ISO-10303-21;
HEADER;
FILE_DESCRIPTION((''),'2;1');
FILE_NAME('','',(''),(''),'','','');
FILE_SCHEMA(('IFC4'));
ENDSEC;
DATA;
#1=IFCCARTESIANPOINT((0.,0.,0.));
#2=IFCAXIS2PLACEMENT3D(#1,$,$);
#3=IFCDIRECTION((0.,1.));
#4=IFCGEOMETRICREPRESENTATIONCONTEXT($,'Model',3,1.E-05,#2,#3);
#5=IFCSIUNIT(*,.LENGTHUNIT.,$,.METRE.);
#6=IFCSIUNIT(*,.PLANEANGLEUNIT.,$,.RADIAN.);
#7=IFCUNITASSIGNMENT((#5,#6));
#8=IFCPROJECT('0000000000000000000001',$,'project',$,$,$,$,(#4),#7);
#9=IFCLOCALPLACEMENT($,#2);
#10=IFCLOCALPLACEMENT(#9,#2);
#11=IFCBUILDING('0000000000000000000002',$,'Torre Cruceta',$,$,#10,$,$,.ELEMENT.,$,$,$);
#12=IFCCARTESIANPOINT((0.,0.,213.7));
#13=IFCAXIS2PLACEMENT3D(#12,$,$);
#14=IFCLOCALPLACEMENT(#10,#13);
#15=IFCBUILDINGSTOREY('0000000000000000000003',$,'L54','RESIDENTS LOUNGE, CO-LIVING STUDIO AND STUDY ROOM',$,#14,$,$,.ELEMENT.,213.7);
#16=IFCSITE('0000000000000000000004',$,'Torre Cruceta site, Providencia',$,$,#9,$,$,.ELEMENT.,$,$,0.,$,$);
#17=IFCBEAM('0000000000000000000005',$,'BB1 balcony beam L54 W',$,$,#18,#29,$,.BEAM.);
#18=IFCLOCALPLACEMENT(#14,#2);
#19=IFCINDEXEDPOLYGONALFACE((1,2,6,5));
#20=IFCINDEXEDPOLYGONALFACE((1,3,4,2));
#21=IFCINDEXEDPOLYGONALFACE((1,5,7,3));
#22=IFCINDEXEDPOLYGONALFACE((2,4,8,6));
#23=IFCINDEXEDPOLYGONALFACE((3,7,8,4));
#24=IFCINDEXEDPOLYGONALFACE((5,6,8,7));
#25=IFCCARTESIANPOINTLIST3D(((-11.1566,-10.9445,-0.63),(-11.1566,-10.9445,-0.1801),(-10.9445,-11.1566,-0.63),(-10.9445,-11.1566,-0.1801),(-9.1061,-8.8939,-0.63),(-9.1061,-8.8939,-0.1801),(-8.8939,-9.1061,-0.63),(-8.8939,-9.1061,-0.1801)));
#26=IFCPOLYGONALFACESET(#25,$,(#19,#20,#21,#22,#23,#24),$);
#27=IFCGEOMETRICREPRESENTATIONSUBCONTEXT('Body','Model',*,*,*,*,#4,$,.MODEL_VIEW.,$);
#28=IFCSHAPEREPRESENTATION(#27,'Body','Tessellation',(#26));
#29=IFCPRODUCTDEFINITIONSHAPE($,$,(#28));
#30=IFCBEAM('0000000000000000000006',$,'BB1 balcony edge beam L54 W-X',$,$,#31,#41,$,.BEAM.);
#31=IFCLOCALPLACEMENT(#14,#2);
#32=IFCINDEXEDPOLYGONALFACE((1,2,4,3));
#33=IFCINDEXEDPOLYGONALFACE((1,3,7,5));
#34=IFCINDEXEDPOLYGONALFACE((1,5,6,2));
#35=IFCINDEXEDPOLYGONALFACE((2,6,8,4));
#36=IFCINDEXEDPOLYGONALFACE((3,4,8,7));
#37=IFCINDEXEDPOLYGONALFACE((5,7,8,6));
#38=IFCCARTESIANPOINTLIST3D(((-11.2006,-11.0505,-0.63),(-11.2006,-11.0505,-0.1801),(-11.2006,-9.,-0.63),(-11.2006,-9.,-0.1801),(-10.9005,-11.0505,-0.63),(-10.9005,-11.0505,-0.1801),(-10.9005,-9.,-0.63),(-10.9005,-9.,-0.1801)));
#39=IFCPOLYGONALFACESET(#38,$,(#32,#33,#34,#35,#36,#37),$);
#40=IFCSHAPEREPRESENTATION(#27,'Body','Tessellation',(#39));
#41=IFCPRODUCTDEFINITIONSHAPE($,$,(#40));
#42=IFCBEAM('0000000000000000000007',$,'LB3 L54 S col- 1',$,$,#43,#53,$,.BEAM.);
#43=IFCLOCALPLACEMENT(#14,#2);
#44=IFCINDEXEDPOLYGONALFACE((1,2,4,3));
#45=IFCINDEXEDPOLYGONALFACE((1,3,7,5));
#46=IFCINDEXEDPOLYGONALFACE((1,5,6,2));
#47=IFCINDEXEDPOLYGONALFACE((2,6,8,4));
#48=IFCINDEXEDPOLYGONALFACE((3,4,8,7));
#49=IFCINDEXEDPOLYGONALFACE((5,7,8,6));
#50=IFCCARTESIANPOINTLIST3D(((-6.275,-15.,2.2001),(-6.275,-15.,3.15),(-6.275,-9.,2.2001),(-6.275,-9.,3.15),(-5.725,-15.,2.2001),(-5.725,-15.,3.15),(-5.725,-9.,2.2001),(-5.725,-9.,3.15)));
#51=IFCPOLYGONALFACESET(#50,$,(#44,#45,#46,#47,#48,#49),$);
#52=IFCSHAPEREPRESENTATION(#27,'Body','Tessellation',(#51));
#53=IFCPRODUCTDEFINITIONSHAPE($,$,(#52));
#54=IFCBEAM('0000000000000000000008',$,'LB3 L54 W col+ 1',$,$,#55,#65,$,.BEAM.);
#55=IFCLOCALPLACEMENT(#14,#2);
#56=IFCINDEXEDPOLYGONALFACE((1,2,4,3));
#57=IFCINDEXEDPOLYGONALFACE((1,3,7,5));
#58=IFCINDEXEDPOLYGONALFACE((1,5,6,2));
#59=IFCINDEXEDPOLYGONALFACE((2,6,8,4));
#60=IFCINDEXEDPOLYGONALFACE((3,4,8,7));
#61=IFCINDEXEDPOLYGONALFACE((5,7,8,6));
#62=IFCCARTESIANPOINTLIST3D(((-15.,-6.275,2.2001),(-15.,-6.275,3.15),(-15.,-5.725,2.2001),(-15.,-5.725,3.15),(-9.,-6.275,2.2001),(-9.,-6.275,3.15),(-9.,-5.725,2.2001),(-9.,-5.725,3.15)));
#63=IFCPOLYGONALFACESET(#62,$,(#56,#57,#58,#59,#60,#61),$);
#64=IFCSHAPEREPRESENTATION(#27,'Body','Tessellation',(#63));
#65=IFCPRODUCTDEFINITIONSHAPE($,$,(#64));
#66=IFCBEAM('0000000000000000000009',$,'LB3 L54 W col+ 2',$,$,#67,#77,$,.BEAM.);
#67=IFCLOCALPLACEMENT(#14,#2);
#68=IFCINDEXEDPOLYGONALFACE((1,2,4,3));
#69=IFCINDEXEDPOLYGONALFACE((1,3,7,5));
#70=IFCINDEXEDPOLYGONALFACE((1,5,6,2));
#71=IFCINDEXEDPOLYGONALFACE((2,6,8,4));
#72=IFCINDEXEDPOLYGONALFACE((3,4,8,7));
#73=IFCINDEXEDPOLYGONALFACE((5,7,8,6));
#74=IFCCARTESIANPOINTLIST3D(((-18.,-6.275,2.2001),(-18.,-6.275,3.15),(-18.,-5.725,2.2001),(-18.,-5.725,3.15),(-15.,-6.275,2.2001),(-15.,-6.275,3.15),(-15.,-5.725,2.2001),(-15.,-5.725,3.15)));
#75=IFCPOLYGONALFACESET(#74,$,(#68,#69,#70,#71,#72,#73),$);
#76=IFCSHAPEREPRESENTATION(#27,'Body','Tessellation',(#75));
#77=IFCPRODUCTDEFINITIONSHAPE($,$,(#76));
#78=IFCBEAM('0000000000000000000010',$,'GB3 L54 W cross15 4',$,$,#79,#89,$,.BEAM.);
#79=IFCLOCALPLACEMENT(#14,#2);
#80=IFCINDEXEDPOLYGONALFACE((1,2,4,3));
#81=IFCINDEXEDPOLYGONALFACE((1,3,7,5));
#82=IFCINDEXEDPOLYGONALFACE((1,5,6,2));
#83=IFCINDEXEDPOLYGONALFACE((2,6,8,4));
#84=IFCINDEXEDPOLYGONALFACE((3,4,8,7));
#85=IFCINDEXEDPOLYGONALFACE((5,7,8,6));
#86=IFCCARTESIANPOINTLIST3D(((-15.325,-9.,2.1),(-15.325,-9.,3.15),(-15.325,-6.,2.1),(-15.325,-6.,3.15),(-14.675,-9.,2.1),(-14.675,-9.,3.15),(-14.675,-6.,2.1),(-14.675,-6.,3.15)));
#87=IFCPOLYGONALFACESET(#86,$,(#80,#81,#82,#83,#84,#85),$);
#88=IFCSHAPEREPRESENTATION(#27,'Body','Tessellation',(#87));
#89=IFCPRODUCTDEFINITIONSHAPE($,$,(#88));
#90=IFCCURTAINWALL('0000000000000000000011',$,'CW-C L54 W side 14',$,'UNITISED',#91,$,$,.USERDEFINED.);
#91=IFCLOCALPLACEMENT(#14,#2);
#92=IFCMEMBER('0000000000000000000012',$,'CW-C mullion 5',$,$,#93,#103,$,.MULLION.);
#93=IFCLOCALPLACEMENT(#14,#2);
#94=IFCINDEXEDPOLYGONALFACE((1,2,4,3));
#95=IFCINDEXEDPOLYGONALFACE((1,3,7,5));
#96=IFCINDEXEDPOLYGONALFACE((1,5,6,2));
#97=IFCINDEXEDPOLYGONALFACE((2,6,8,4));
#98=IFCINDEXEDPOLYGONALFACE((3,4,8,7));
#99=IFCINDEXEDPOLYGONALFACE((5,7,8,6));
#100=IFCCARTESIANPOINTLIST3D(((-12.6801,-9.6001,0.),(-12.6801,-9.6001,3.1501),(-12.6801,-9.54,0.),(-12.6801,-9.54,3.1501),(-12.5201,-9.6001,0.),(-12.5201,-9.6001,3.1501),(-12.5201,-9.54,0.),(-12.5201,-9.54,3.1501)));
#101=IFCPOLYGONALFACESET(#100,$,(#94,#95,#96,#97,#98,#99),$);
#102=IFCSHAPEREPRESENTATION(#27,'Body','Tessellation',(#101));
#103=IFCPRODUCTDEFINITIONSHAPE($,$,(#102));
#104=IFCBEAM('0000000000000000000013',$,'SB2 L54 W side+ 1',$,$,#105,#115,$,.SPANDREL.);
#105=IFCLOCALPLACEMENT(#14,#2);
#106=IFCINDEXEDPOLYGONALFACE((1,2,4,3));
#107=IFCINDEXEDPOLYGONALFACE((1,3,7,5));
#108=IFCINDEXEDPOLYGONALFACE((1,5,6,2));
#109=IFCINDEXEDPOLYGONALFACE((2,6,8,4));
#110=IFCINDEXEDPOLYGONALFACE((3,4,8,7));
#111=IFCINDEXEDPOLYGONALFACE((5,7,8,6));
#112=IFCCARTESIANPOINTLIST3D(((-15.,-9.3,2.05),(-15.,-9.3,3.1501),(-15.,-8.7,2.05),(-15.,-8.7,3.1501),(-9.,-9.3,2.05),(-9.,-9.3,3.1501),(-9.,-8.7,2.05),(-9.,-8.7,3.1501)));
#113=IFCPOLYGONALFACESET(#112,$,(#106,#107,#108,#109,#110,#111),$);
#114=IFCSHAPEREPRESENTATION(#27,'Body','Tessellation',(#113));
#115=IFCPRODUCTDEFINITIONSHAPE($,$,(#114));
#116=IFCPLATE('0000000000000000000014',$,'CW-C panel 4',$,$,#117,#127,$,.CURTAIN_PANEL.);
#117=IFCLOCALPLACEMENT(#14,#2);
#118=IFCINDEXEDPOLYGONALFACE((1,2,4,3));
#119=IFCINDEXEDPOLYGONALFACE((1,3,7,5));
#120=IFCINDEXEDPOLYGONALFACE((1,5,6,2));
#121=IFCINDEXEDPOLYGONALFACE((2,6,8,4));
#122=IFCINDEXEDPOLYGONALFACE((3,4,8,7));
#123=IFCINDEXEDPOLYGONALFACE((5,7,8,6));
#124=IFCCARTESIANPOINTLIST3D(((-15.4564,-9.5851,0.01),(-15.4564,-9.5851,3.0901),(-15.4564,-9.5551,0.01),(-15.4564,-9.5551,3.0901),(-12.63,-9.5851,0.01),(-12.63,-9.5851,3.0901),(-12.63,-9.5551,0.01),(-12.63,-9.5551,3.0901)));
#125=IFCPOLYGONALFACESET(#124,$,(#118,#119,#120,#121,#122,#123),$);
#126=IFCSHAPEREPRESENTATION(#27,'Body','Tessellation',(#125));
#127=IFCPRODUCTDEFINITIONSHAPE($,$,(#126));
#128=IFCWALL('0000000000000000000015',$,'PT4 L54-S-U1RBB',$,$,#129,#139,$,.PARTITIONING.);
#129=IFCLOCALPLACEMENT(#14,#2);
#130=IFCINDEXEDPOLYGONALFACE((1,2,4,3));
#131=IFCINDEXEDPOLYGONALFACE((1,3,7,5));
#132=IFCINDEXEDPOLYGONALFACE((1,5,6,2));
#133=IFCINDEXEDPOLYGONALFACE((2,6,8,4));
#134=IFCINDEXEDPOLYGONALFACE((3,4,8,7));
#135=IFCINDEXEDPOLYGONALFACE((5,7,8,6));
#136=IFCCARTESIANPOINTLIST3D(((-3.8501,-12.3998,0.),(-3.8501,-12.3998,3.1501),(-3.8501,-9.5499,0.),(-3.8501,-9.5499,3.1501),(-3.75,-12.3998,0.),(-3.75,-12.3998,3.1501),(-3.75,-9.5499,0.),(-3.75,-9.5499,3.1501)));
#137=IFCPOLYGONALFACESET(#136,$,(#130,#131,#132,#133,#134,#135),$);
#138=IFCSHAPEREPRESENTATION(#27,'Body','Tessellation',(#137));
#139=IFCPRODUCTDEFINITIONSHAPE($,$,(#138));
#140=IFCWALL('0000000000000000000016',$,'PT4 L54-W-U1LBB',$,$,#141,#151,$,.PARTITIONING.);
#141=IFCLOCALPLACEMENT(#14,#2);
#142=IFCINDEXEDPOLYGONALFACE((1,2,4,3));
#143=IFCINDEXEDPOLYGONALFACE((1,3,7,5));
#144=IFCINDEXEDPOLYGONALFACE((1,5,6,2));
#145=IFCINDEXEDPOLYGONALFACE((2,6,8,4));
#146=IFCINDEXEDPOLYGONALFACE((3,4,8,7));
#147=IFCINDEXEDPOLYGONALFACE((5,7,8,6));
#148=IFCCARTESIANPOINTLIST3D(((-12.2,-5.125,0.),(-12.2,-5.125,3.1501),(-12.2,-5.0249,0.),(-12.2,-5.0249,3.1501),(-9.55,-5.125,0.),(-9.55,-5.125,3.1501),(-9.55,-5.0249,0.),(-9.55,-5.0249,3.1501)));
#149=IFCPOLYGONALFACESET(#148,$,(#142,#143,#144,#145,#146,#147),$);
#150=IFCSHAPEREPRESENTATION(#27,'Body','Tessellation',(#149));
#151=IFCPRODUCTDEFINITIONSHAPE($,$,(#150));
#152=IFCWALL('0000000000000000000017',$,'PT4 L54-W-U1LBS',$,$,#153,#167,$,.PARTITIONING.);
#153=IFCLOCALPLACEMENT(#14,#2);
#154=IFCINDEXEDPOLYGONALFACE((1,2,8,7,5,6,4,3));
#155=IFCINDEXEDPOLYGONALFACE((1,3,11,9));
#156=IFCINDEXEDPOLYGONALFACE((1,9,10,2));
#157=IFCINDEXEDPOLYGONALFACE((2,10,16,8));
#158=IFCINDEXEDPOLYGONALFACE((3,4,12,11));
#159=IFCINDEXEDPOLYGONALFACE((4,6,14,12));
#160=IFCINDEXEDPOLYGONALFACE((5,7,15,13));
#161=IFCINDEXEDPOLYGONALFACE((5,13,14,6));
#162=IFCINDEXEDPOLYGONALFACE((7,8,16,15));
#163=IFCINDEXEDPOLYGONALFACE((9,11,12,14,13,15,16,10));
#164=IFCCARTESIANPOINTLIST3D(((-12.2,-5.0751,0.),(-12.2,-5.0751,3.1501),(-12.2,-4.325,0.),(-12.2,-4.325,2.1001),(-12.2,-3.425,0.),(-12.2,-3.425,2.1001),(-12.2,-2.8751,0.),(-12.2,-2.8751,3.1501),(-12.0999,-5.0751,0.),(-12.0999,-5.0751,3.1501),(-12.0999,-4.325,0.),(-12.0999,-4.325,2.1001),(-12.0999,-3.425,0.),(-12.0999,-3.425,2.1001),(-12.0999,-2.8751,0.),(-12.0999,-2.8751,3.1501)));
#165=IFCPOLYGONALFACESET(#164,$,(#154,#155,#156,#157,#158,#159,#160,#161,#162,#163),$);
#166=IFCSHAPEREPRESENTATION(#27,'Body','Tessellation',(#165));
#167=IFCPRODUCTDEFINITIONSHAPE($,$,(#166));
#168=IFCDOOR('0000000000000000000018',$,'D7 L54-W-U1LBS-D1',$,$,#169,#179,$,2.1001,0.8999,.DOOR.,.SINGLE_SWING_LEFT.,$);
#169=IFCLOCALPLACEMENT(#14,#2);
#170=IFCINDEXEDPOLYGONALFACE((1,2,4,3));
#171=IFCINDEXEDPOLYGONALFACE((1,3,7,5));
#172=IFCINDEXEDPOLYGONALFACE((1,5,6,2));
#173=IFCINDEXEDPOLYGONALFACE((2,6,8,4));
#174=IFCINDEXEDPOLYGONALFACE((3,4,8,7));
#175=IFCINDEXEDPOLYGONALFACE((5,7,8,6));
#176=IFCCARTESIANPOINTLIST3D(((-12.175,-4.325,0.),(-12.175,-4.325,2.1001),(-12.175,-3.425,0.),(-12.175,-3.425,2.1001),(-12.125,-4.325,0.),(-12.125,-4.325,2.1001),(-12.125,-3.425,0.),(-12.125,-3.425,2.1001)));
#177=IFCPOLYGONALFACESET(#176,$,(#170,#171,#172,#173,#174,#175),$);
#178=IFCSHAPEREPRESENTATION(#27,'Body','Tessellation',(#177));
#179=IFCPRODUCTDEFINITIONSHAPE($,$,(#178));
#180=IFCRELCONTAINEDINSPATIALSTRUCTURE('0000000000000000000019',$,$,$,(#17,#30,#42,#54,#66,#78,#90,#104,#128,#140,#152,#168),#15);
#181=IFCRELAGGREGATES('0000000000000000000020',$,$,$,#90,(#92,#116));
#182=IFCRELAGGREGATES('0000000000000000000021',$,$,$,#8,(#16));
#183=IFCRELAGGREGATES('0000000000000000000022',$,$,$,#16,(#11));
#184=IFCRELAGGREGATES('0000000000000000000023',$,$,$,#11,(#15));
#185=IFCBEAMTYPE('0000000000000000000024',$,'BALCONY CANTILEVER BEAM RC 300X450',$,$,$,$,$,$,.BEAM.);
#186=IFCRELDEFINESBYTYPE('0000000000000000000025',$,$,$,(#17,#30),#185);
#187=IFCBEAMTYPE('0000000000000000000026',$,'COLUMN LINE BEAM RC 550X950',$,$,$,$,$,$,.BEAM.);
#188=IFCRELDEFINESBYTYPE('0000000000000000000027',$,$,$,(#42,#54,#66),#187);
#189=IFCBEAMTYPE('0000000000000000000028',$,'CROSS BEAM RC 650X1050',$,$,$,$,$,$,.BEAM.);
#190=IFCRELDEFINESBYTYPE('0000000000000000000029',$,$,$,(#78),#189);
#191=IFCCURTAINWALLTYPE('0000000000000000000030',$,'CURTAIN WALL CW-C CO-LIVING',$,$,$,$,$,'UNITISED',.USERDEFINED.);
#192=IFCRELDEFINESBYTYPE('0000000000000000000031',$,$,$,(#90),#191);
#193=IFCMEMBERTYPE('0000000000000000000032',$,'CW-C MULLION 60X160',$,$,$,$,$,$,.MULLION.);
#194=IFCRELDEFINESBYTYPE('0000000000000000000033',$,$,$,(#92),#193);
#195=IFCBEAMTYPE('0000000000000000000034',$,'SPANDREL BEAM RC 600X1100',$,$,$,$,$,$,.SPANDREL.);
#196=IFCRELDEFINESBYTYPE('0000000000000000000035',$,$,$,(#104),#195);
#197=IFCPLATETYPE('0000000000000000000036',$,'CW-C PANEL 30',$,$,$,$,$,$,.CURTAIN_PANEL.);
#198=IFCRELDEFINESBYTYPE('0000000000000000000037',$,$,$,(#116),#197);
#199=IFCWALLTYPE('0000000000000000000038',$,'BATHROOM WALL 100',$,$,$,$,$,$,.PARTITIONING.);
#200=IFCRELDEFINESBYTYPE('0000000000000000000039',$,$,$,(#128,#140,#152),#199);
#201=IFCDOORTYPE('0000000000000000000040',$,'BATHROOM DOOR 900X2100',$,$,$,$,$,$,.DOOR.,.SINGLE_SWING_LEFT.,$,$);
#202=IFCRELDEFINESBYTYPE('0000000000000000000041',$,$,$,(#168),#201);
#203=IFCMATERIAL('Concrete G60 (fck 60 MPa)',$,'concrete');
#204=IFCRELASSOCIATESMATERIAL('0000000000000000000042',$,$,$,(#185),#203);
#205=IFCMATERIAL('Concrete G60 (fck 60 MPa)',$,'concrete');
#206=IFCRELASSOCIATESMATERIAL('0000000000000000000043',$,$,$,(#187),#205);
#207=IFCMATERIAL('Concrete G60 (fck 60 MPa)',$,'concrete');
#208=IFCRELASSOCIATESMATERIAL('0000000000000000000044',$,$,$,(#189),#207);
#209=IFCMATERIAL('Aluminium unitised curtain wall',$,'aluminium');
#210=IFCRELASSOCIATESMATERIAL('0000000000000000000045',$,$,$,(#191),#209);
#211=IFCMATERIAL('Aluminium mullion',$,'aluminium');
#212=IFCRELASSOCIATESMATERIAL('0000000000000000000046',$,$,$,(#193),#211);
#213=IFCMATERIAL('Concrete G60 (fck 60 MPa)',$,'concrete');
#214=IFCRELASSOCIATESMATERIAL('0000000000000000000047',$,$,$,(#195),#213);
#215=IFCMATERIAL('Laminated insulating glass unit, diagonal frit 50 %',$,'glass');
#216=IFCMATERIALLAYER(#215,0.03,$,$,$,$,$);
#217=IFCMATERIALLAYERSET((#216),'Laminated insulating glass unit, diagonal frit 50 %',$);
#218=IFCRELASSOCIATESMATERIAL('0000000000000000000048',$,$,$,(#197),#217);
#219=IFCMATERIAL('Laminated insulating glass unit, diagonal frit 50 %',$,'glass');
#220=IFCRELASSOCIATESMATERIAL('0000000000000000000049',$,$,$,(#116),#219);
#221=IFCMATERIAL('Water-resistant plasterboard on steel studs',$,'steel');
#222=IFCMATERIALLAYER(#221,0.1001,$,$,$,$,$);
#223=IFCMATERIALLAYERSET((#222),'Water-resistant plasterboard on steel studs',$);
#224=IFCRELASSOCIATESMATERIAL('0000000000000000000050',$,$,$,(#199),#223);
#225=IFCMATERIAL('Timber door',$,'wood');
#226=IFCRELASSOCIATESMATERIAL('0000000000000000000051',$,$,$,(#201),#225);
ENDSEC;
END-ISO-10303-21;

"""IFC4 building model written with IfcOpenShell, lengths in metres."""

from ifc_helpers import new_model, si_unit, direction, frame, frame_2d, origin, origin_2d, place, context, subcontext, project, spatial, rectangle, extrude, material, layer, layer_set, material_profile, profile_set, type_object, element, fill, aggregate, save


model = new_model("IFC4")

# Units and contexts
model_context = context("Model", 3, precision=1e-05, world=origin(), true_north=direction((0.0, 1.0)))
body_context = subcontext(model_context, "Body", "Model", "MODEL_VIEW")
ifc_project = project(units=[si_unit("LENGTHUNIT", "METRE"), si_unit("PLANEANGLEUNIT", "RADIAN")], contexts=[model_context])

# Site, building, storey
site_placement = place(None, origin())
site = spatial("IfcSite", under=ifc_project, at=site_placement, Name="Torre Cruceta site, Providencia", CompositionType="ELEMENT", RefElevation=0.0)
building_placement = place(site_placement, origin())
building = spatial("IfcBuilding", under=site, at=building_placement, Name="Torre Cruceta", CompositionType="ELEMENT")
storey_placement = place(building_placement, frame((0.0, 0.0, 213.7)))
storey = spatial("IfcBuildingStorey", under=building, at=storey_placement, Name="L54", Description="RESIDENTS LOUNGE, CO-LIVING STUDIO AND STUDY ROOM", CompositionType="ELEMENT", Elevation=213.7)

# Beams
ifc_material_1 = material(Name="Concrete G60 (fck 60 MPa)", Category="concrete")
ifc_material_profile_1 = material_profile(ifc_material_1, rectangle(XDim=0.3, YDim=0.45, at=origin_2d()), Name="RC 300X450")
ifc_profile_set_1 = profile_set([ifc_material_profile_1], Name="Concrete G60 (fck 60 MPa)")
beam_type_1 = type_object("IfcBeamType", Name="BALCONY CANTILEVER BEAM RC 300X450", PredefinedType="BEAM", material=ifc_profile_set_1)
beam_1_placement = place(storey_placement, frame((-9.0, -9.0, -0.405), z_axis=(-0.707107, -0.707107, 0.0), x_axis=(0.707107, -0.707107, 0.0)))
element("IfcBeam", 1, at=beam_1_placement, inside=storey, type_object=beam_type_1, Name="BB1 balcony beam L54 W", PredefinedType="BEAM", context=body_context, shape_type="SweptSolid", body=[
    extrude(rectangle(XDim=0.3, YDim=0.45, at=origin_2d()), origin(), (0.0, 0.0, 1.0), 2.8999),
])
beam_2_placement = place(storey_placement, frame((-11.0505, -9.0, -0.405), z_axis=(0.0, -1.0, 0.0), x_axis=(1.0, 0.0, 0.0)))
element("IfcBeam", 2, at=beam_2_placement, inside=storey, type_object=beam_type_1, Name="BB1 balcony edge beam L54 W-X", PredefinedType="BEAM", context=body_context, shape_type="SweptSolid", body=[
    extrude(rectangle(XDim=0.3, YDim=0.45, at=origin_2d()), origin(), (0.0, 0.0, 1.0), 2.0505),
])
ifc_material_2 = material(Name="Concrete G60 (fck 60 MPa)", Category="concrete")
ifc_material_profile_2 = material_profile(ifc_material_2, rectangle(XDim=0.55, YDim=0.95, at=origin_2d()), Name="RC 550X950")
ifc_profile_set_2 = profile_set([ifc_material_profile_2], Name="Concrete G60 (fck 60 MPa)")
beam_type_2 = type_object("IfcBeamType", Name="COLUMN LINE BEAM RC 550X950", PredefinedType="BEAM", material=ifc_profile_set_2)
for number, where, z_axis, x_axis, name in (
    (3, (-6.0, -9.0, 2.675), (0.0, -1.0, 0.0), (1.0, 0.0, 0.0), "LB3 L54 S col- 1"),
    (4, (-9.0, -6.0, 2.675), (-1.0, 0.0, 0.0), (0.0, -1.0, 0.0), "LB3 L54 W col+ 1"),
):
    element("IfcBeam", number, at=place(storey_placement, frame(where, z_axis=z_axis, x_axis=x_axis)), inside=storey, type_object=beam_type_2, Name=name, PredefinedType="BEAM", context=body_context, shape_type="SweptSolid", body=[
        extrude(rectangle(XDim=0.55, YDim=0.95, at=origin_2d()), origin(), (0.0, 0.0, 1.0), 6.0),
    ])
beam_3_placement = place(storey_placement, frame((-15.0, -6.0, 2.675), z_axis=(-1.0, 0.0, 0.0), x_axis=(0.0, -1.0, 0.0)))
element("IfcBeam", 5, at=beam_3_placement, inside=storey, type_object=beam_type_2, Name="LB3 L54 W col+ 2", PredefinedType="BEAM", context=body_context, shape_type="SweptSolid", body=[
    extrude(rectangle(XDim=0.55, YDim=0.95, at=origin_2d()), origin(), (0.0, 0.0, 1.0), 3.0),
])
ifc_material_3 = material(Name="Concrete G60 (fck 60 MPa)", Category="concrete")
ifc_material_profile_3 = material_profile(ifc_material_3, rectangle(XDim=0.6499, YDim=1.05, at=origin_2d()), Name="RC 650X1050")
ifc_profile_set_3 = profile_set([ifc_material_profile_3], Name="Concrete G60 (fck 60 MPa)")
beam_type_3 = type_object("IfcBeamType", Name="CROSS BEAM RC 650X1050", PredefinedType="BEAM", material=ifc_profile_set_3)
beam_4_placement = place(storey_placement, frame((-15.0, -6.0, 2.625), z_axis=(0.0, -1.0, 0.0), x_axis=(1.0, 0.0, 0.0)))
element("IfcBeam", 6, at=beam_4_placement, inside=storey, type_object=beam_type_3, Name="GB3 L54 W cross15 4", PredefinedType="BEAM", context=body_context, shape_type="SweptSolid", body=[
    extrude(rectangle(XDim=0.6499, YDim=1.05, at=origin_2d()), origin(), (0.0, 0.0, 1.0), 3.0),
])

# Curtain wall, member
ifc_material_4 = material(Name="Aluminium unitised curtain wall", Category="aluminium")
curtain_wall_type = type_object("IfcCurtainWallType", Name="CURTAIN WALL CW-C CO-LIVING", ElementType="UNITISED", PredefinedType="USERDEFINED", material=ifc_material_4)
curtain_wall_placement = place(storey_placement, origin())
curtain_wall = element("IfcCurtainWall", 7, at=curtain_wall_placement, inside=storey, type_object=curtain_wall_type, Name="CW-C L54 W side 14", ObjectType="UNITISED", PredefinedType="USERDEFINED")
ifc_material_5 = material(Name="Aluminium mullion", Category="aluminium")
ifc_material_profile_4 = material_profile(ifc_material_5, rectangle(XDim=0.0601, YDim=0.1599, at=origin_2d()), Name="AL 60X160")
ifc_profile_set_4 = profile_set([ifc_material_profile_4], Name="Aluminium mullion")
member_type = type_object("IfcMemberType", Name="CW-C MULLION 60X160", PredefinedType="MULLION", material=ifc_profile_set_4)
member_placement = place(storey_placement, frame((-12.6001, -9.5701, 0.0), z_axis=(0.0, 0.0, 1.0), x_axis=(0.0, 1.0, 0.0)))
member = element("IfcMember", 8, at=member_placement, type_object=member_type, Name="CW-C mullion 5", PredefinedType="MULLION", context=body_context, shape_type="SweptSolid", body=[
    extrude(rectangle(XDim=0.0601, YDim=0.1599, at=origin_2d()), origin(), (0.0, 0.0, 1.0), 3.1501),
])

# Beam
ifc_material_6 = material(Name="Concrete G60 (fck 60 MPa)", Category="concrete")
ifc_material_profile_5 = material_profile(ifc_material_6, rectangle(XDim=0.6001, YDim=1.1001, at=origin_2d()), Name="RC 600X1100")
ifc_profile_set_5 = profile_set([ifc_material_profile_5], Name="Concrete G60 (fck 60 MPa)")
beam_type_4 = type_object("IfcBeamType", Name="SPANDREL BEAM RC 600X1100", PredefinedType="SPANDREL", material=ifc_profile_set_5)
beam_5_placement = place(storey_placement, frame((-9.0, -9.0, 2.6001), z_axis=(-1.0, 0.0, 0.0), x_axis=(0.0, -1.0, 0.0)))
element("IfcBeam", 9, at=beam_5_placement, inside=storey, type_object=beam_type_4, Name="SB2 L54 W side+ 1", PredefinedType="SPANDREL", context=body_context, shape_type="SweptSolid", body=[
    extrude(rectangle(XDim=0.6001, YDim=1.1001, at=origin_2d()), origin(), (0.0, 0.0, 1.0), 6.0),
])

# Plate
ifc_material_7 = material(Name="Laminated insulating glass unit, diagonal frit 50 %", Category="glass")
ifc_material_8 = material(Name="Laminated insulating glass unit, diagonal frit 50 %", Category="glass")
ifc_layer_1 = layer(ifc_material_8, 0.03)
ifc_layer_set_1 = layer_set([ifc_layer_1], Name="Laminated insulating glass unit, diagonal frit 50 %")
plate_type = type_object("IfcPlateType", Name="CW-C PANEL 30", PredefinedType="CURTAIN_PANEL", material=ifc_layer_set_1)
plate_placement = place(storey_placement, frame((-14.0432, -9.5701, 0.01), z_axis=(0.0, 0.0, 1.0), x_axis=(1.0, 0.0, 0.0)))
plate = element("IfcPlate", 10, at=plate_placement, type_object=plate_type, material=ifc_material_7, Name="CW-C panel 4", PredefinedType="CURTAIN_PANEL", context=body_context, shape_type="SweptSolid", body=[
    extrude(rectangle(XDim=2.8264, YDim=0.03, at=origin_2d()), origin(), (0.0, 0.0, 1.0), 3.0801),
])
aggregate(curtain_wall, [member, plate])

# Walls
ifc_material_9 = material(Name="Water-resistant plasterboard on steel studs", Category="steel")
ifc_layer_2 = layer(ifc_material_9, 0.1001)
ifc_layer_set_2 = layer_set([ifc_layer_2], Name="Water-resistant plasterboard on steel studs")
wall_type_1 = type_object("IfcWallType", Name="BATHROOM WALL 100", PredefinedType="PARTITIONING", material=ifc_layer_set_2)
wall_1_placement = place(storey_placement, frame((-3.8, -9.55, 0.0), z_axis=(0.0, 0.0, 1.0), x_axis=(0.0, -1.0, 0.0)))
element("IfcWall", 11, at=wall_1_placement, inside=storey, type_object=wall_type_1, Name="PT4 L54-S-U1RBB", PredefinedType="PARTITIONING", context=body_context, shape_type="SweptSolid", body=[
    extrude(rectangle(XDim=2.8499, YDim=0.1001, at=frame_2d((1.4248, 0.0))), origin(), (0.0, 0.0, 1.0), 3.1501),
])
wall_2_placement = place(storey_placement, frame((-9.55, -5.075, 0.0), z_axis=(0.0, 0.0, 1.0), x_axis=(-1.0, 0.0, 0.0)))
element("IfcWall", 12, at=wall_2_placement, inside=storey, type_object=wall_type_1, Name="PT4 L54-W-U1LBB", PredefinedType="PARTITIONING", context=body_context, shape_type="SweptSolid", body=[
    extrude(rectangle(XDim=2.6499, YDim=0.1001, at=frame_2d((1.325, 0.0))), origin(), (0.0, 0.0, 1.0), 3.1501),
])

# Wall, opening, door
wall_3_placement = place(storey_placement, frame((-12.1499, -2.875, 0.0), z_axis=(0.0, 0.0, 1.0), x_axis=(0.0, -1.0, 0.0)))
wall_3 = element("IfcWall", 13, at=wall_3_placement, inside=storey, type_object=wall_type_1, Name="PT4 L54-W-U1LBS", PredefinedType="PARTITIONING", context=body_context, shape_type="SweptSolid", body=[
    extrude(rectangle(XDim=2.2, YDim=0.1001, at=frame_2d((1.1001, 0.0))), origin(), (0.0, 0.0, 1.0), 3.1501),
])
opening_1_placement = place(wall_3_placement, frame((0.55, 0.0, 0.0)))
opening_1 = element("IfcOpeningElement", 14, at=opening_1_placement, cuts=wall_3, PredefinedType="OPENING", context=body_context, shape_type="SweptSolid", body=[
    extrude(rectangle(XDim=0.8999, YDim=2.1001, at=frame_2d((0.45, 1.05))), frame((0.0, 0.0601, 0.0), z_axis=(0.0, -1.0, 0.0), x_axis=(1.0, 0.0, 0.0)), (0.0, 0.0, 1.0), 0.1201),
])
ifc_material_10 = material(Name="Timber door", Category="wood")
door_type_1 = type_object("IfcDoorType", Name="BATHROOM DOOR 900X2100", OperationType="SINGLE_SWING_LEFT", PredefinedType="DOOR", material=ifc_material_10)
door_1_placement = place(opening_1_placement, origin())
door_1 = element("IfcDoor", 15, at=door_1_placement, inside=storey, type_object=door_type_1, Name="D7 L54-W-U1LBS-D1", OperationType="SINGLE_SWING_LEFT", OverallHeight=2.1001, OverallWidth=0.8999, PredefinedType="DOOR", context=body_context, shape_type="SweptSolid", body=[
    extrude(rectangle(XDim=0.8999, YDim=2.1001, at=frame_2d((0.45, 1.05))), frame((0.0, 0.0249, 0.0), z_axis=(0.0, -1.0, 0.0), x_axis=(1.0, 0.0, 0.0)), (0.0, 0.0, 1.0), 0.05),
])
fill(opening_1, door_1)

save(model, "model.ifc")
